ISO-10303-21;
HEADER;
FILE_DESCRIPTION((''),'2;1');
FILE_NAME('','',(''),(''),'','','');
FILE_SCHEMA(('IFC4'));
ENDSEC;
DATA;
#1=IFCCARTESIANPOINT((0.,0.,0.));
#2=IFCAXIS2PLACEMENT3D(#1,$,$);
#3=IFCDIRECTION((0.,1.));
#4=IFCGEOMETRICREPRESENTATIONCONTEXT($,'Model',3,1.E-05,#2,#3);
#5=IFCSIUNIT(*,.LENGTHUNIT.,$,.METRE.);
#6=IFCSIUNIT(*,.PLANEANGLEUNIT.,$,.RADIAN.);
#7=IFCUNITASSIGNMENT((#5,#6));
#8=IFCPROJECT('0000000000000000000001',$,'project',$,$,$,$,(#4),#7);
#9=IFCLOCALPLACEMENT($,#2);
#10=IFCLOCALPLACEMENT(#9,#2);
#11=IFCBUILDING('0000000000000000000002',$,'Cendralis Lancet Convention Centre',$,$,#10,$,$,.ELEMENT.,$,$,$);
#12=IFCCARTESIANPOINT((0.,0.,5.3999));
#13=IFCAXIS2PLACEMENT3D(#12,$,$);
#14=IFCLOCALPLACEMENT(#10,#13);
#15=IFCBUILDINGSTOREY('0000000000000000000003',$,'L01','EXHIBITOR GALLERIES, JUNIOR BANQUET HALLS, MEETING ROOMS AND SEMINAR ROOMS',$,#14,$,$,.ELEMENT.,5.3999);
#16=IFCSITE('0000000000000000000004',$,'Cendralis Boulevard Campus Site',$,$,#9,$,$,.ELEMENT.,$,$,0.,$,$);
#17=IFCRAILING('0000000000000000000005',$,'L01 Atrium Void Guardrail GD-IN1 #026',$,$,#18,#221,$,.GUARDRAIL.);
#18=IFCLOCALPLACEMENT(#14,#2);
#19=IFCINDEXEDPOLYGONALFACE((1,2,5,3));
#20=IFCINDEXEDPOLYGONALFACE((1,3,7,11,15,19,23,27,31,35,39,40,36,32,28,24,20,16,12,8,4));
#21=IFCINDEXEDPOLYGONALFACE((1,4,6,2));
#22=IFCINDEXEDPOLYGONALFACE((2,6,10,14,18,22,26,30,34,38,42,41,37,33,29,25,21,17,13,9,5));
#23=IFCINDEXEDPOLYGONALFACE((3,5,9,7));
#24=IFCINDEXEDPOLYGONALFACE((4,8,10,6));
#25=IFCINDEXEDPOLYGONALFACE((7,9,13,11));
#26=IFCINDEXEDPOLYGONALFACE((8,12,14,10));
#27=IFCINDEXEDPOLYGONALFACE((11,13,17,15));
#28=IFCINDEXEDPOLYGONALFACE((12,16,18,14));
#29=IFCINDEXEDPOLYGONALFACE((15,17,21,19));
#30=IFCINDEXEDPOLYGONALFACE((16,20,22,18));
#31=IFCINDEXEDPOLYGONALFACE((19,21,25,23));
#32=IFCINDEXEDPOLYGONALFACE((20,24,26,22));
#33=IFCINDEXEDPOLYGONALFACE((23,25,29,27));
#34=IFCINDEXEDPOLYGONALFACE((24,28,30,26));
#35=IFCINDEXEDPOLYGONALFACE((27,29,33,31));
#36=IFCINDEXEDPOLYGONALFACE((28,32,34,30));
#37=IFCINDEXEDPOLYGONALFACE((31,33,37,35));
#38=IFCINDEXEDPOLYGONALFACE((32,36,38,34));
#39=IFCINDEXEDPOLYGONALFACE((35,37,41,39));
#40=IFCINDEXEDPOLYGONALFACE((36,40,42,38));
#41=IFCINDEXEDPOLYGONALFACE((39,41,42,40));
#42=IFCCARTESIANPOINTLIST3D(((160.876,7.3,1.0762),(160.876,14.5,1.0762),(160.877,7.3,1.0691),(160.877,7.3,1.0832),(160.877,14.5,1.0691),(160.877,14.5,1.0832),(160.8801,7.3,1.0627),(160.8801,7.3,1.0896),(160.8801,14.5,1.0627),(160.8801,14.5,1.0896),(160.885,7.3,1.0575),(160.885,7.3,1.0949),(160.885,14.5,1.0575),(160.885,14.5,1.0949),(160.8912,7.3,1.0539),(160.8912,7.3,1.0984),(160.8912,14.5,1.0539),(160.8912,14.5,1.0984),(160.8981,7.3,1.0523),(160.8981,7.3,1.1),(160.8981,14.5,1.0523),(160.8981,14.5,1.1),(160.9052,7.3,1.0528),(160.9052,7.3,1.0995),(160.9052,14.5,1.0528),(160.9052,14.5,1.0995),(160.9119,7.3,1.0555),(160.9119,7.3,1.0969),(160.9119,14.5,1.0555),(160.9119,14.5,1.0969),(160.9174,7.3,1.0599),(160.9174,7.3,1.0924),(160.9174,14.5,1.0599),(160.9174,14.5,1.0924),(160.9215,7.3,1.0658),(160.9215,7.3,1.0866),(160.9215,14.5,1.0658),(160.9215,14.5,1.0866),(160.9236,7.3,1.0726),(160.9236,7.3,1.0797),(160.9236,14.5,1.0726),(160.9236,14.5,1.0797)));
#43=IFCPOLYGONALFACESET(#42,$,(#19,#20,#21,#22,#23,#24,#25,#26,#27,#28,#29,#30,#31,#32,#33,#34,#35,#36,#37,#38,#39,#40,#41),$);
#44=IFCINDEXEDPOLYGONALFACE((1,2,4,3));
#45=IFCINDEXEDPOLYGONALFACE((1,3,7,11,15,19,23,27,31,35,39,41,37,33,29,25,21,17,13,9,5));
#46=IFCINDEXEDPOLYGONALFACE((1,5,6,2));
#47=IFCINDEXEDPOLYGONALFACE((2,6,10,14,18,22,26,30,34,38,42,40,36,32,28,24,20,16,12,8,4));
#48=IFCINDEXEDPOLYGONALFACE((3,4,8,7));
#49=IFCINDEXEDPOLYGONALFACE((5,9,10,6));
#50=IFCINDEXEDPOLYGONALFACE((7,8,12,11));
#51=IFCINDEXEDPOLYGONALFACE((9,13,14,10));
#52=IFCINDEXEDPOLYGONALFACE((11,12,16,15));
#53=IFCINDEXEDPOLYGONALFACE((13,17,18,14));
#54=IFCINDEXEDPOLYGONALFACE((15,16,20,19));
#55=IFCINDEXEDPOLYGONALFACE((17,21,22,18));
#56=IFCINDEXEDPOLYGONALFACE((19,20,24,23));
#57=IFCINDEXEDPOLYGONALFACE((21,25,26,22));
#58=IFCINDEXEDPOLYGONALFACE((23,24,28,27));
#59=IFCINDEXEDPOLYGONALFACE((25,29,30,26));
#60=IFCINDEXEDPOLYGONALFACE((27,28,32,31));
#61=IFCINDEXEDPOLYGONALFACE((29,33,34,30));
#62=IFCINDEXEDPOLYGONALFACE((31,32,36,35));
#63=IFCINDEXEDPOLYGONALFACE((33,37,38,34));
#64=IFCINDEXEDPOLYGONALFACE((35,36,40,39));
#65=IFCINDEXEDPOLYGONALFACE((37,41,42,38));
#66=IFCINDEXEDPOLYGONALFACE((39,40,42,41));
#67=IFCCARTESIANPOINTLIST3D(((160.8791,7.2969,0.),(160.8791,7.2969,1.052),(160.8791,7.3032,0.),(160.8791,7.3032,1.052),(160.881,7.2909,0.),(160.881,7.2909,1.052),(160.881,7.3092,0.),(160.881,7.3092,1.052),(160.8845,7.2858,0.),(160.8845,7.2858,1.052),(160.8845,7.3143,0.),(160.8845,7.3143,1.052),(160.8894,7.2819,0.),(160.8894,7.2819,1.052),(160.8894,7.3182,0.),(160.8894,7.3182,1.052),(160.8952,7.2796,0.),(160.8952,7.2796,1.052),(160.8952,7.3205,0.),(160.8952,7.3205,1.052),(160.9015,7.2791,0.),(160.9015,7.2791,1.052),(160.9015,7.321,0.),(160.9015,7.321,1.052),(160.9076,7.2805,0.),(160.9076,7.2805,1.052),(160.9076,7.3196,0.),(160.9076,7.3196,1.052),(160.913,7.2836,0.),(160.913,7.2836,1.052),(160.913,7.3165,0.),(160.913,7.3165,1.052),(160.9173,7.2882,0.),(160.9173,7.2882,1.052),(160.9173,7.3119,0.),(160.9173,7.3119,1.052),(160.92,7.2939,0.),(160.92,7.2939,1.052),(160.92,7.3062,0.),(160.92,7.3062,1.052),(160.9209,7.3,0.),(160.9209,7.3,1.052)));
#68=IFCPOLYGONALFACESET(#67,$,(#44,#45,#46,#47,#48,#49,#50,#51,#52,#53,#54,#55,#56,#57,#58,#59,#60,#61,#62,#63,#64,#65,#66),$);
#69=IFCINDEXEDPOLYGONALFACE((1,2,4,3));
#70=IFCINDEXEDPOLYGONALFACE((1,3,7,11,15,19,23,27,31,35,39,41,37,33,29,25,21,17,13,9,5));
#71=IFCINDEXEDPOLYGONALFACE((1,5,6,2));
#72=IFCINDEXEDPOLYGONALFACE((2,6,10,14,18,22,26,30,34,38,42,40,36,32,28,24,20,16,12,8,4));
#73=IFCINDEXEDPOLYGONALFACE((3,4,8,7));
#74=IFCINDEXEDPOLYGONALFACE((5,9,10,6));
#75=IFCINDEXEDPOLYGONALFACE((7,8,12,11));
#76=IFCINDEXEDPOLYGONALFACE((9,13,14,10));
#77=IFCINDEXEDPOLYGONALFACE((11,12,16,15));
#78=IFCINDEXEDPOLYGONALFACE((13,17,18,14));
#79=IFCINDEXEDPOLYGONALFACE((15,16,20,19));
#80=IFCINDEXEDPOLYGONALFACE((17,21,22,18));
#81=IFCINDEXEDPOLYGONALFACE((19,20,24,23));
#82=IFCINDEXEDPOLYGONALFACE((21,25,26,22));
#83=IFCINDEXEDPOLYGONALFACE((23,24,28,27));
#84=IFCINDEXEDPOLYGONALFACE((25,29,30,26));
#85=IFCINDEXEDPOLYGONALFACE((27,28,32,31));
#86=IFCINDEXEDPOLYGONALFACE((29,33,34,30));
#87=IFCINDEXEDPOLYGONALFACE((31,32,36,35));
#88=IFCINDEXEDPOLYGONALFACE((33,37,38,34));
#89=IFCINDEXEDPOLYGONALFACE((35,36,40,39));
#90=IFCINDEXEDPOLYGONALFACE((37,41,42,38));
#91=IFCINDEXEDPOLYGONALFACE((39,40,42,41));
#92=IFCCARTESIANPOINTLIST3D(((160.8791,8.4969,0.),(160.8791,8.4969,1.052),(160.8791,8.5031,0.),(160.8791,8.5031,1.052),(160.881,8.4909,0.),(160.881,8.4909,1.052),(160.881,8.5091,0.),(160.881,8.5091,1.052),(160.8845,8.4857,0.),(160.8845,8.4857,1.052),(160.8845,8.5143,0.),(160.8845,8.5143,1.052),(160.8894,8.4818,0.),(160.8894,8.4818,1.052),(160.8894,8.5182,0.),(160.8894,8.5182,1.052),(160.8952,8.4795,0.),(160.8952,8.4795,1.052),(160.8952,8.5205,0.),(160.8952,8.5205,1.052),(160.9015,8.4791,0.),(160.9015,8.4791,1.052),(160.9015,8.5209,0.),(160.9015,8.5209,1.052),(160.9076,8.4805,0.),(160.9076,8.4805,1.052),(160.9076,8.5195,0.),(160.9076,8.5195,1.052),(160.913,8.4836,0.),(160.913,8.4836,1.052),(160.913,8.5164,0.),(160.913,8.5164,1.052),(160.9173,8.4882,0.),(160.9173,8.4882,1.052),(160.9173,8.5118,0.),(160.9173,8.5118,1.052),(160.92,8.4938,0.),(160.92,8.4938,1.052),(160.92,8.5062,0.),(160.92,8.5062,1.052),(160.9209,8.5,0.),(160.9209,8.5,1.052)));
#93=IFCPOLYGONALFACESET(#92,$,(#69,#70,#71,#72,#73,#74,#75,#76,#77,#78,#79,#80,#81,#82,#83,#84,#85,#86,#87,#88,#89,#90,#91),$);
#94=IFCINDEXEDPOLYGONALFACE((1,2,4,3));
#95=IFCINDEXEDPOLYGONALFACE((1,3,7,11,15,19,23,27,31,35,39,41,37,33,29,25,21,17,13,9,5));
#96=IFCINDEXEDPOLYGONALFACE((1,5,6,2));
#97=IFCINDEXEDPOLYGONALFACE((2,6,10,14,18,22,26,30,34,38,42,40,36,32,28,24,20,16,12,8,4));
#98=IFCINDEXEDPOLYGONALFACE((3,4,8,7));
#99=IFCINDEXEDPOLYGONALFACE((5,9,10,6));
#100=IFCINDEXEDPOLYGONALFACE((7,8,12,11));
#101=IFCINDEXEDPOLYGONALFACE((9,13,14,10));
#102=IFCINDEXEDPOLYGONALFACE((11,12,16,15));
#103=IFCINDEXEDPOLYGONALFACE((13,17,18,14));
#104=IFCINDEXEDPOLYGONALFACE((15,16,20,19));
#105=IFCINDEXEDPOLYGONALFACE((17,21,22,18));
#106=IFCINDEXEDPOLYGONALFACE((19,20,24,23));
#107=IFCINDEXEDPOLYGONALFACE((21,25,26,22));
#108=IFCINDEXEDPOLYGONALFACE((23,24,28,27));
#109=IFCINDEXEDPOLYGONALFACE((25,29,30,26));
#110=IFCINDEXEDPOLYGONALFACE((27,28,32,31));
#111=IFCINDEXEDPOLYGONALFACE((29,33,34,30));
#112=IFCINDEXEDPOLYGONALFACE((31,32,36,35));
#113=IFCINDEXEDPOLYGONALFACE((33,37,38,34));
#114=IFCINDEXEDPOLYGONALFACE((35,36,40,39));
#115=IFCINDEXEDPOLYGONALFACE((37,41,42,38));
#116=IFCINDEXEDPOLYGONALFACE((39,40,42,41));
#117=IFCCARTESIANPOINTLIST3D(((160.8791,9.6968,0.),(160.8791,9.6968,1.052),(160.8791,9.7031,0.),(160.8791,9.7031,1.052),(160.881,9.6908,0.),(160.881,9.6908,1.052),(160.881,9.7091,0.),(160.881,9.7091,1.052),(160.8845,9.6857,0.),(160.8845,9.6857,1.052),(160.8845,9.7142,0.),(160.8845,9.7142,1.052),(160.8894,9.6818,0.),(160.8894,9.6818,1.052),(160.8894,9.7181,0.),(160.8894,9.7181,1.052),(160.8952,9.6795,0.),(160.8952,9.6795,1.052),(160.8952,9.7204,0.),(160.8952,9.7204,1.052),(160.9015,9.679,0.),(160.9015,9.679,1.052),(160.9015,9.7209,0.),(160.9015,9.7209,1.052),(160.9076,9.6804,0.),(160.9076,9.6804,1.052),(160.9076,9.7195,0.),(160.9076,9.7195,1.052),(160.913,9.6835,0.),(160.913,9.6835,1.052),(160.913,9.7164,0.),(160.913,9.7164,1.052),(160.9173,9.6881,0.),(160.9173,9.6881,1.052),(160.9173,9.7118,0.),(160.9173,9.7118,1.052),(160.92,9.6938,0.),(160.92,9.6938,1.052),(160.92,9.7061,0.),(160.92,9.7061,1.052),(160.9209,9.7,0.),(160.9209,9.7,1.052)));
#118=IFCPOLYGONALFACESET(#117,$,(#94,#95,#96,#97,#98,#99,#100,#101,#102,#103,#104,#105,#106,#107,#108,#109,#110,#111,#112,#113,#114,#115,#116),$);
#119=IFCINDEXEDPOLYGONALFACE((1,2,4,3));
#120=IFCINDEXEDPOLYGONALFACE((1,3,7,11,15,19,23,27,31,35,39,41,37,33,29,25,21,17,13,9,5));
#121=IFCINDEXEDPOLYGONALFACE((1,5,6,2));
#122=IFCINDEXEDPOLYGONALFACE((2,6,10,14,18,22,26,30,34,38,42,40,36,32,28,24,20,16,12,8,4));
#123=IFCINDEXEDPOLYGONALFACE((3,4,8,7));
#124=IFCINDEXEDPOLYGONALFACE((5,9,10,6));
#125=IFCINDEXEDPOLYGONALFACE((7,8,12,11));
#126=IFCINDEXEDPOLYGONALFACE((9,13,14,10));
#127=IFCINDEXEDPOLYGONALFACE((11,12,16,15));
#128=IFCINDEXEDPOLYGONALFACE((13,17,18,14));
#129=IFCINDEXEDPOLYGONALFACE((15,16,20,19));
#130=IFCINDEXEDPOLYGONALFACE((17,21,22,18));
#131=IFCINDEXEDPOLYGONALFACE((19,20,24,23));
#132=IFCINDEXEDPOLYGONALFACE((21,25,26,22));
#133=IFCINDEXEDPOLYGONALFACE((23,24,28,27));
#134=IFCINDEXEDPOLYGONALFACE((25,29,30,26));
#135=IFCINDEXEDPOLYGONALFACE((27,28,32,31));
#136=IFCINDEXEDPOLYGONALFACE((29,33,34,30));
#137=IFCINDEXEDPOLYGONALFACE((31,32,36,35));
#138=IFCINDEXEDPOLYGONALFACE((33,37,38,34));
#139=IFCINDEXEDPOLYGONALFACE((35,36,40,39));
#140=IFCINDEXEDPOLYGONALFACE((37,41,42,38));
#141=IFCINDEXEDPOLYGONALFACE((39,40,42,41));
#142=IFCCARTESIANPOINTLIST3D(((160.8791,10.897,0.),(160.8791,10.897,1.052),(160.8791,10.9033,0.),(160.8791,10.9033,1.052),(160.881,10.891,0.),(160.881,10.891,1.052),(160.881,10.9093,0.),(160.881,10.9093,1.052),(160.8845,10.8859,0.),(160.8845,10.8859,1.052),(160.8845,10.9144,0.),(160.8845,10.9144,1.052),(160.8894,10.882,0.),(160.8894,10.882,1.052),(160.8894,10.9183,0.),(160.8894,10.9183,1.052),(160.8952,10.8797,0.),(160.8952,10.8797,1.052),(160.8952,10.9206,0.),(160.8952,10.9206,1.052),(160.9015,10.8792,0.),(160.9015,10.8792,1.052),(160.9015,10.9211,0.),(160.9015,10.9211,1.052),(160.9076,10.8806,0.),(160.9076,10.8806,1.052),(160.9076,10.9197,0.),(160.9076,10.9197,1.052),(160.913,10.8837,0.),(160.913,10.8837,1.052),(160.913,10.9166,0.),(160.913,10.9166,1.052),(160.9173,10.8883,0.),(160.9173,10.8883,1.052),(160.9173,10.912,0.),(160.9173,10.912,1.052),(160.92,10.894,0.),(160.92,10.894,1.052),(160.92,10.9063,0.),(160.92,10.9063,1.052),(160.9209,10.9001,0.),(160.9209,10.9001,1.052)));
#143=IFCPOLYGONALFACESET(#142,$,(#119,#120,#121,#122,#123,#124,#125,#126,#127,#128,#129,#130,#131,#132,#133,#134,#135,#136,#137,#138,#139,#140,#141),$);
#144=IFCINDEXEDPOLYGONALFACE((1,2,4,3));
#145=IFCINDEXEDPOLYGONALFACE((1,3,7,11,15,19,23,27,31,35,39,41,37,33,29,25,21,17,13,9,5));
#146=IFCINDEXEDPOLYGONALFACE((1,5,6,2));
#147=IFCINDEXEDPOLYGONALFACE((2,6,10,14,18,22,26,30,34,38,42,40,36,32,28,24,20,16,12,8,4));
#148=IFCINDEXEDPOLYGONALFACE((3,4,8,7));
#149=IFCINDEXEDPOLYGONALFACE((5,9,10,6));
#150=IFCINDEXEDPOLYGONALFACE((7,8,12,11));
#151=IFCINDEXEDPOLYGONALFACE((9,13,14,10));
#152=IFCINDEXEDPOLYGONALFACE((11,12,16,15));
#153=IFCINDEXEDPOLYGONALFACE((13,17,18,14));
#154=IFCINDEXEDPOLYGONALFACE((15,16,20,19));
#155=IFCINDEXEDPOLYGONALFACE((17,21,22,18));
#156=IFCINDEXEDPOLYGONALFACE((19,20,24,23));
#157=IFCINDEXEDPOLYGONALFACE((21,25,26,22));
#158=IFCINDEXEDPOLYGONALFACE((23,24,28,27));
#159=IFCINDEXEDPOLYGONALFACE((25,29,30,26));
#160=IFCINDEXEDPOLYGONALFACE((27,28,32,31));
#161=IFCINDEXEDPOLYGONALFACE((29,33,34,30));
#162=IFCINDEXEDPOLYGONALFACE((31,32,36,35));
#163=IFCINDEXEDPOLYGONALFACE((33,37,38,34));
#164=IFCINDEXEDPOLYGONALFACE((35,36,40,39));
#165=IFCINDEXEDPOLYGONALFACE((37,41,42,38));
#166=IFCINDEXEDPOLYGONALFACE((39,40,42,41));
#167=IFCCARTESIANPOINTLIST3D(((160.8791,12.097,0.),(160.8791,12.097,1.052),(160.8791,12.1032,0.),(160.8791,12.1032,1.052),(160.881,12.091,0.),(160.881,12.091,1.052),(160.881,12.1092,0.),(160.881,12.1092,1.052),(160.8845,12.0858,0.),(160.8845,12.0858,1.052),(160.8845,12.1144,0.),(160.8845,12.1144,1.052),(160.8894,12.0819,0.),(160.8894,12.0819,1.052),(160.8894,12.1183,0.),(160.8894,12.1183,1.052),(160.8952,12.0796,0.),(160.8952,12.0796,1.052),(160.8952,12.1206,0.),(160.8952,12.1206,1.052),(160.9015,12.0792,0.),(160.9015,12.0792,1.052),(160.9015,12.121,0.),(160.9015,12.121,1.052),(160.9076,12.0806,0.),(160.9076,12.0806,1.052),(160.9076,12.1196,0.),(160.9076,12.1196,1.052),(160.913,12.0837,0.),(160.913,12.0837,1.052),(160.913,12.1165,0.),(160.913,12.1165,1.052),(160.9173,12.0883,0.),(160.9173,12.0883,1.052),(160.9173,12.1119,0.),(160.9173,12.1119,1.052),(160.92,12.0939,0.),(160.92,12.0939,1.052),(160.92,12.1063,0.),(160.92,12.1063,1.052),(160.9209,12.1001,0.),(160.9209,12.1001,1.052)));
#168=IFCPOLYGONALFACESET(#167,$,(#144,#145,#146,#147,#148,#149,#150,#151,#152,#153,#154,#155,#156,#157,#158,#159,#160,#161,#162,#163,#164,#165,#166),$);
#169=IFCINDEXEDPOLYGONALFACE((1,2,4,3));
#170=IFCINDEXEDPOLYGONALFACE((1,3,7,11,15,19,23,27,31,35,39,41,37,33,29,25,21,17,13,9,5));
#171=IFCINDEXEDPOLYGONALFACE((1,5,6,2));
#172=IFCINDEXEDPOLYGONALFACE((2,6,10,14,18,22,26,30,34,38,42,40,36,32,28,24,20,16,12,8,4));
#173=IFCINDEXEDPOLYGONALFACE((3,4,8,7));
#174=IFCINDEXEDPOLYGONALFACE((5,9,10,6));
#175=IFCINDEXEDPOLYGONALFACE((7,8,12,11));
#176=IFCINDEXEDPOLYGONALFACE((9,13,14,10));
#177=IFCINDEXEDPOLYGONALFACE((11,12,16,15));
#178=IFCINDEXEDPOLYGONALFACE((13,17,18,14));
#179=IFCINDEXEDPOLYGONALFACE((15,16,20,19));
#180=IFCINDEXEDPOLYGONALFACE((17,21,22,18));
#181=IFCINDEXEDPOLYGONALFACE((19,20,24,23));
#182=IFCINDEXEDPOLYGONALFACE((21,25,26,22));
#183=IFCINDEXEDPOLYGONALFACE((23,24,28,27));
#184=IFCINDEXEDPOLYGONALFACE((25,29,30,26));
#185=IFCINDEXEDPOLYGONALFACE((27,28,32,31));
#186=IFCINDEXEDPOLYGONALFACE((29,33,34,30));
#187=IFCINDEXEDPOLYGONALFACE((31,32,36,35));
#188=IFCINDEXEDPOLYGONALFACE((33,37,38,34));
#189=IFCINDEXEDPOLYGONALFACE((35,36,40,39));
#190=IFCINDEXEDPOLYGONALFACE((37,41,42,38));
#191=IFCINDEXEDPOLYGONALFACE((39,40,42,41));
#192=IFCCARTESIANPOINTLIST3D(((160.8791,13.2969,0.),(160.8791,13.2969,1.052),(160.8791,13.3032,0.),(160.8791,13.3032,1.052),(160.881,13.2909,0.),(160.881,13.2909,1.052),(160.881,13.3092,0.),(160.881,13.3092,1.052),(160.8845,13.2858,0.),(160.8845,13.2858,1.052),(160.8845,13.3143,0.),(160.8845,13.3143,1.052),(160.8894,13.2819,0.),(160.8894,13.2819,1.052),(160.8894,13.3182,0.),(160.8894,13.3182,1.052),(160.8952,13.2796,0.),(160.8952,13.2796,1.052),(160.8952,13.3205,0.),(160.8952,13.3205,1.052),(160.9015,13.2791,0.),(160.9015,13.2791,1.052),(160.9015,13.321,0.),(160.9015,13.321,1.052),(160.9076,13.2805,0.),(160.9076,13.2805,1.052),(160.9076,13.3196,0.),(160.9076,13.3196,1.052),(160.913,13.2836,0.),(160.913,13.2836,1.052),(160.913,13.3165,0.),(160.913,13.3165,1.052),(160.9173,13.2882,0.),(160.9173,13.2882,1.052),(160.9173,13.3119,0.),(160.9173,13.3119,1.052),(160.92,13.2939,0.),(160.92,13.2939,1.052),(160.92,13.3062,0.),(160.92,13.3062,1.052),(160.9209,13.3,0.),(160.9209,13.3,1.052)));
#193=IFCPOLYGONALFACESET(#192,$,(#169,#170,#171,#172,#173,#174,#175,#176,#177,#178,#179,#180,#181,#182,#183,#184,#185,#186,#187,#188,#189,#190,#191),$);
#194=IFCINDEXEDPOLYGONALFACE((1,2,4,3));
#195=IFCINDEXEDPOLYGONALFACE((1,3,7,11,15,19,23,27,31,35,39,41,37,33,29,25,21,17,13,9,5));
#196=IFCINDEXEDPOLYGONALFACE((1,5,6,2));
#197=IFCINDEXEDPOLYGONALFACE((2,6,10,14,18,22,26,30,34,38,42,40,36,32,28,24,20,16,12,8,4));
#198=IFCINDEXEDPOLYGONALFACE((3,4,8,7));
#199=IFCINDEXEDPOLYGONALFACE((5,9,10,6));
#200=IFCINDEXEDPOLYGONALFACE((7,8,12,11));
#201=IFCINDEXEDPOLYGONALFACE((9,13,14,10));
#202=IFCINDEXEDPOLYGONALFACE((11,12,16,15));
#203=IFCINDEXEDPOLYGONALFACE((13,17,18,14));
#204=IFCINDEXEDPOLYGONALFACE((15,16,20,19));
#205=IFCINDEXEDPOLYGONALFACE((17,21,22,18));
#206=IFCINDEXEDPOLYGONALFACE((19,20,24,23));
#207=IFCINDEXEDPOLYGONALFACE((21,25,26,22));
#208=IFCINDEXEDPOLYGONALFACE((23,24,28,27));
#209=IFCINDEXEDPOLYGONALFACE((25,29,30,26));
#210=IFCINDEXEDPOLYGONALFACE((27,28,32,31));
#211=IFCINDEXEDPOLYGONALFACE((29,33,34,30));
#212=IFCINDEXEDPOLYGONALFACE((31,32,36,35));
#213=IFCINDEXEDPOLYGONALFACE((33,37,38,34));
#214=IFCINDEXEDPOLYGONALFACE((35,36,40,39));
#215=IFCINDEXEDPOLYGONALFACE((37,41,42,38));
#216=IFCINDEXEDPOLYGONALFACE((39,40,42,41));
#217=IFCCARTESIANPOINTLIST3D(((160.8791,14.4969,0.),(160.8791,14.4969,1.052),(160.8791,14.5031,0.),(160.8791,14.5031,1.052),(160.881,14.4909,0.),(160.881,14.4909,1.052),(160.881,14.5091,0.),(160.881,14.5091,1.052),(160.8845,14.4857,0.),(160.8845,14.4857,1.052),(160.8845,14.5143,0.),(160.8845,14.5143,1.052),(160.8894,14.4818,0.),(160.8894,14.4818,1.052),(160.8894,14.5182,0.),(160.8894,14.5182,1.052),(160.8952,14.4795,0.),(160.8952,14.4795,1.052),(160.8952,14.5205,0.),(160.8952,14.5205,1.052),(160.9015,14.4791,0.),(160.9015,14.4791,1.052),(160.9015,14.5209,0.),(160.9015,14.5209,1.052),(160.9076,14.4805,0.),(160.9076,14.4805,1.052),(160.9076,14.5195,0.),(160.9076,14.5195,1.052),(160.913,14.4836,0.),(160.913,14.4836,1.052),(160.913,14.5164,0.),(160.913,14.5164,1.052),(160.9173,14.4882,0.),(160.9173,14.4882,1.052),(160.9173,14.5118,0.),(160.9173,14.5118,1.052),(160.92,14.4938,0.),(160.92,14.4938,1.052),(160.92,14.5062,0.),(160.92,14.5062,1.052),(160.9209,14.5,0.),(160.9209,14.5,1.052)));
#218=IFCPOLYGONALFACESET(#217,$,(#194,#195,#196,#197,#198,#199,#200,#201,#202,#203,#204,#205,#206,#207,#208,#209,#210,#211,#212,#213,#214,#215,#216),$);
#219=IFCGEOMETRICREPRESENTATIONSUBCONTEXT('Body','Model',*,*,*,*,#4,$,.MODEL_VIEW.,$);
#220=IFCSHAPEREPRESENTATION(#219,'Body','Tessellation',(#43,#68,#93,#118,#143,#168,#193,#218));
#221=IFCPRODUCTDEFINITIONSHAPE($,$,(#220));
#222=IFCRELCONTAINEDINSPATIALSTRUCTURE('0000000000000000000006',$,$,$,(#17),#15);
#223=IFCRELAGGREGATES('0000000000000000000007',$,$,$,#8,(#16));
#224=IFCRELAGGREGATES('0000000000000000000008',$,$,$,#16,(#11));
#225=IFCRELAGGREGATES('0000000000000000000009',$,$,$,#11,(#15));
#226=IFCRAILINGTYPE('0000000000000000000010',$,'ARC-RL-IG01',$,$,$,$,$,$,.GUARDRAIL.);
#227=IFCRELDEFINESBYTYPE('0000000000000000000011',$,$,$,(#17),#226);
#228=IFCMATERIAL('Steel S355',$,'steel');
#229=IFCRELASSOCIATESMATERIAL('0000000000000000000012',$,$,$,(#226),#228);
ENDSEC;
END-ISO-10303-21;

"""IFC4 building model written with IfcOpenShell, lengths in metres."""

from ifc_helpers import new_model, si_unit, direction, frame, origin, origin_2d, place, context, subcontext, project, spatial, circle, extrude, material, type_object, element, save


model = new_model("IFC4")

# Units and contexts
model_context = context("Model", 3, precision=1e-05, world=origin(), true_north=direction((0.0, 1.0)))
body_context = subcontext(model_context, "Body", "Model", "MODEL_VIEW")
ifc_project = project(units=[si_unit("LENGTHUNIT", "METRE"), si_unit("PLANEANGLEUNIT", "RADIAN")], contexts=[model_context])

# Site, building, storey
site_placement = place(None, origin())
site = spatial("IfcSite", under=ifc_project, at=site_placement, Name="Cendralis Boulevard Campus Site", CompositionType="ELEMENT", RefElevation=0.0)
building_placement = place(site_placement, origin())
building = spatial("IfcBuilding", under=site, at=building_placement, Name="Cendralis Lancet Convention Centre", CompositionType="ELEMENT")
storey_placement = place(building_placement, frame((0.0, 0.0, 5.3999)))
storey = spatial("IfcBuildingStorey", under=building, at=storey_placement, Name="L01", Description="EXHIBITOR GALLERIES, JUNIOR BANQUET HALLS, MEETING ROOMS AND SEMINAR ROOMS", CompositionType="ELEMENT", Elevation=5.3999)

# Shared definitions
ifc_material_1 = material(Name="Steel S355", Category="steel")

# Railing
railing_type = type_object("IfcRailingType", Name="ARC-RL-IG01", PredefinedType="GUARDRAIL", material=ifc_material_1)
railing_1_placement = place(storey_placement, frame((160.8999, 7.3, 0.0)))
element("IfcRailing", 1, at=railing_1_placement, inside=storey, type_object=railing_type, Name="L01 Atrium Void Guardrail GD-IN1 #026", PredefinedType="GUARDRAIL", context=body_context, shape_type="SweptSolid", body=[
    extrude(circle(Radius=0.0239, at=origin_2d()), frame((0.0, 0.0, 1.0762), z_axis=(0.0, 1.0, 0.0), x_axis=(-1.0, 0.0, 0.0)), (0.0, 0.0, 1.0), 7.2),
    extrude(circle(Radius=0.021, at=origin_2d()), origin(), (0.0, 0.0, 1.0), 1.052),
    extrude(circle(Radius=0.021, at=origin_2d()), frame((0.0, 1.2, 0.0)), (0.0, 0.0, 1.0), 1.052),
    extrude(circle(Radius=0.021, at=origin_2d()), frame((0.0, 2.3999, 0.0)), (0.0, 0.0, 1.0), 1.052),
    extrude(circle(Radius=0.021, at=origin_2d()), frame((0.0, 3.6001, 0.0)), (0.0, 0.0, 1.0), 1.052),
    extrude(circle(Radius=0.021, at=origin_2d()), frame((0.0, 4.8, 0.0)), (0.0, 0.0, 1.0), 1.052),
    extrude(circle(Radius=0.021, at=origin_2d()), frame((0.0, 6.0, 0.0)), (0.0, 0.0, 1.0), 1.052),
    extrude(circle(Radius=0.021, at=origin_2d()), frame((0.0, 7.2, 0.0)), (0.0, 0.0, 1.0), 1.052),
])

save(model, "model.ifc")
